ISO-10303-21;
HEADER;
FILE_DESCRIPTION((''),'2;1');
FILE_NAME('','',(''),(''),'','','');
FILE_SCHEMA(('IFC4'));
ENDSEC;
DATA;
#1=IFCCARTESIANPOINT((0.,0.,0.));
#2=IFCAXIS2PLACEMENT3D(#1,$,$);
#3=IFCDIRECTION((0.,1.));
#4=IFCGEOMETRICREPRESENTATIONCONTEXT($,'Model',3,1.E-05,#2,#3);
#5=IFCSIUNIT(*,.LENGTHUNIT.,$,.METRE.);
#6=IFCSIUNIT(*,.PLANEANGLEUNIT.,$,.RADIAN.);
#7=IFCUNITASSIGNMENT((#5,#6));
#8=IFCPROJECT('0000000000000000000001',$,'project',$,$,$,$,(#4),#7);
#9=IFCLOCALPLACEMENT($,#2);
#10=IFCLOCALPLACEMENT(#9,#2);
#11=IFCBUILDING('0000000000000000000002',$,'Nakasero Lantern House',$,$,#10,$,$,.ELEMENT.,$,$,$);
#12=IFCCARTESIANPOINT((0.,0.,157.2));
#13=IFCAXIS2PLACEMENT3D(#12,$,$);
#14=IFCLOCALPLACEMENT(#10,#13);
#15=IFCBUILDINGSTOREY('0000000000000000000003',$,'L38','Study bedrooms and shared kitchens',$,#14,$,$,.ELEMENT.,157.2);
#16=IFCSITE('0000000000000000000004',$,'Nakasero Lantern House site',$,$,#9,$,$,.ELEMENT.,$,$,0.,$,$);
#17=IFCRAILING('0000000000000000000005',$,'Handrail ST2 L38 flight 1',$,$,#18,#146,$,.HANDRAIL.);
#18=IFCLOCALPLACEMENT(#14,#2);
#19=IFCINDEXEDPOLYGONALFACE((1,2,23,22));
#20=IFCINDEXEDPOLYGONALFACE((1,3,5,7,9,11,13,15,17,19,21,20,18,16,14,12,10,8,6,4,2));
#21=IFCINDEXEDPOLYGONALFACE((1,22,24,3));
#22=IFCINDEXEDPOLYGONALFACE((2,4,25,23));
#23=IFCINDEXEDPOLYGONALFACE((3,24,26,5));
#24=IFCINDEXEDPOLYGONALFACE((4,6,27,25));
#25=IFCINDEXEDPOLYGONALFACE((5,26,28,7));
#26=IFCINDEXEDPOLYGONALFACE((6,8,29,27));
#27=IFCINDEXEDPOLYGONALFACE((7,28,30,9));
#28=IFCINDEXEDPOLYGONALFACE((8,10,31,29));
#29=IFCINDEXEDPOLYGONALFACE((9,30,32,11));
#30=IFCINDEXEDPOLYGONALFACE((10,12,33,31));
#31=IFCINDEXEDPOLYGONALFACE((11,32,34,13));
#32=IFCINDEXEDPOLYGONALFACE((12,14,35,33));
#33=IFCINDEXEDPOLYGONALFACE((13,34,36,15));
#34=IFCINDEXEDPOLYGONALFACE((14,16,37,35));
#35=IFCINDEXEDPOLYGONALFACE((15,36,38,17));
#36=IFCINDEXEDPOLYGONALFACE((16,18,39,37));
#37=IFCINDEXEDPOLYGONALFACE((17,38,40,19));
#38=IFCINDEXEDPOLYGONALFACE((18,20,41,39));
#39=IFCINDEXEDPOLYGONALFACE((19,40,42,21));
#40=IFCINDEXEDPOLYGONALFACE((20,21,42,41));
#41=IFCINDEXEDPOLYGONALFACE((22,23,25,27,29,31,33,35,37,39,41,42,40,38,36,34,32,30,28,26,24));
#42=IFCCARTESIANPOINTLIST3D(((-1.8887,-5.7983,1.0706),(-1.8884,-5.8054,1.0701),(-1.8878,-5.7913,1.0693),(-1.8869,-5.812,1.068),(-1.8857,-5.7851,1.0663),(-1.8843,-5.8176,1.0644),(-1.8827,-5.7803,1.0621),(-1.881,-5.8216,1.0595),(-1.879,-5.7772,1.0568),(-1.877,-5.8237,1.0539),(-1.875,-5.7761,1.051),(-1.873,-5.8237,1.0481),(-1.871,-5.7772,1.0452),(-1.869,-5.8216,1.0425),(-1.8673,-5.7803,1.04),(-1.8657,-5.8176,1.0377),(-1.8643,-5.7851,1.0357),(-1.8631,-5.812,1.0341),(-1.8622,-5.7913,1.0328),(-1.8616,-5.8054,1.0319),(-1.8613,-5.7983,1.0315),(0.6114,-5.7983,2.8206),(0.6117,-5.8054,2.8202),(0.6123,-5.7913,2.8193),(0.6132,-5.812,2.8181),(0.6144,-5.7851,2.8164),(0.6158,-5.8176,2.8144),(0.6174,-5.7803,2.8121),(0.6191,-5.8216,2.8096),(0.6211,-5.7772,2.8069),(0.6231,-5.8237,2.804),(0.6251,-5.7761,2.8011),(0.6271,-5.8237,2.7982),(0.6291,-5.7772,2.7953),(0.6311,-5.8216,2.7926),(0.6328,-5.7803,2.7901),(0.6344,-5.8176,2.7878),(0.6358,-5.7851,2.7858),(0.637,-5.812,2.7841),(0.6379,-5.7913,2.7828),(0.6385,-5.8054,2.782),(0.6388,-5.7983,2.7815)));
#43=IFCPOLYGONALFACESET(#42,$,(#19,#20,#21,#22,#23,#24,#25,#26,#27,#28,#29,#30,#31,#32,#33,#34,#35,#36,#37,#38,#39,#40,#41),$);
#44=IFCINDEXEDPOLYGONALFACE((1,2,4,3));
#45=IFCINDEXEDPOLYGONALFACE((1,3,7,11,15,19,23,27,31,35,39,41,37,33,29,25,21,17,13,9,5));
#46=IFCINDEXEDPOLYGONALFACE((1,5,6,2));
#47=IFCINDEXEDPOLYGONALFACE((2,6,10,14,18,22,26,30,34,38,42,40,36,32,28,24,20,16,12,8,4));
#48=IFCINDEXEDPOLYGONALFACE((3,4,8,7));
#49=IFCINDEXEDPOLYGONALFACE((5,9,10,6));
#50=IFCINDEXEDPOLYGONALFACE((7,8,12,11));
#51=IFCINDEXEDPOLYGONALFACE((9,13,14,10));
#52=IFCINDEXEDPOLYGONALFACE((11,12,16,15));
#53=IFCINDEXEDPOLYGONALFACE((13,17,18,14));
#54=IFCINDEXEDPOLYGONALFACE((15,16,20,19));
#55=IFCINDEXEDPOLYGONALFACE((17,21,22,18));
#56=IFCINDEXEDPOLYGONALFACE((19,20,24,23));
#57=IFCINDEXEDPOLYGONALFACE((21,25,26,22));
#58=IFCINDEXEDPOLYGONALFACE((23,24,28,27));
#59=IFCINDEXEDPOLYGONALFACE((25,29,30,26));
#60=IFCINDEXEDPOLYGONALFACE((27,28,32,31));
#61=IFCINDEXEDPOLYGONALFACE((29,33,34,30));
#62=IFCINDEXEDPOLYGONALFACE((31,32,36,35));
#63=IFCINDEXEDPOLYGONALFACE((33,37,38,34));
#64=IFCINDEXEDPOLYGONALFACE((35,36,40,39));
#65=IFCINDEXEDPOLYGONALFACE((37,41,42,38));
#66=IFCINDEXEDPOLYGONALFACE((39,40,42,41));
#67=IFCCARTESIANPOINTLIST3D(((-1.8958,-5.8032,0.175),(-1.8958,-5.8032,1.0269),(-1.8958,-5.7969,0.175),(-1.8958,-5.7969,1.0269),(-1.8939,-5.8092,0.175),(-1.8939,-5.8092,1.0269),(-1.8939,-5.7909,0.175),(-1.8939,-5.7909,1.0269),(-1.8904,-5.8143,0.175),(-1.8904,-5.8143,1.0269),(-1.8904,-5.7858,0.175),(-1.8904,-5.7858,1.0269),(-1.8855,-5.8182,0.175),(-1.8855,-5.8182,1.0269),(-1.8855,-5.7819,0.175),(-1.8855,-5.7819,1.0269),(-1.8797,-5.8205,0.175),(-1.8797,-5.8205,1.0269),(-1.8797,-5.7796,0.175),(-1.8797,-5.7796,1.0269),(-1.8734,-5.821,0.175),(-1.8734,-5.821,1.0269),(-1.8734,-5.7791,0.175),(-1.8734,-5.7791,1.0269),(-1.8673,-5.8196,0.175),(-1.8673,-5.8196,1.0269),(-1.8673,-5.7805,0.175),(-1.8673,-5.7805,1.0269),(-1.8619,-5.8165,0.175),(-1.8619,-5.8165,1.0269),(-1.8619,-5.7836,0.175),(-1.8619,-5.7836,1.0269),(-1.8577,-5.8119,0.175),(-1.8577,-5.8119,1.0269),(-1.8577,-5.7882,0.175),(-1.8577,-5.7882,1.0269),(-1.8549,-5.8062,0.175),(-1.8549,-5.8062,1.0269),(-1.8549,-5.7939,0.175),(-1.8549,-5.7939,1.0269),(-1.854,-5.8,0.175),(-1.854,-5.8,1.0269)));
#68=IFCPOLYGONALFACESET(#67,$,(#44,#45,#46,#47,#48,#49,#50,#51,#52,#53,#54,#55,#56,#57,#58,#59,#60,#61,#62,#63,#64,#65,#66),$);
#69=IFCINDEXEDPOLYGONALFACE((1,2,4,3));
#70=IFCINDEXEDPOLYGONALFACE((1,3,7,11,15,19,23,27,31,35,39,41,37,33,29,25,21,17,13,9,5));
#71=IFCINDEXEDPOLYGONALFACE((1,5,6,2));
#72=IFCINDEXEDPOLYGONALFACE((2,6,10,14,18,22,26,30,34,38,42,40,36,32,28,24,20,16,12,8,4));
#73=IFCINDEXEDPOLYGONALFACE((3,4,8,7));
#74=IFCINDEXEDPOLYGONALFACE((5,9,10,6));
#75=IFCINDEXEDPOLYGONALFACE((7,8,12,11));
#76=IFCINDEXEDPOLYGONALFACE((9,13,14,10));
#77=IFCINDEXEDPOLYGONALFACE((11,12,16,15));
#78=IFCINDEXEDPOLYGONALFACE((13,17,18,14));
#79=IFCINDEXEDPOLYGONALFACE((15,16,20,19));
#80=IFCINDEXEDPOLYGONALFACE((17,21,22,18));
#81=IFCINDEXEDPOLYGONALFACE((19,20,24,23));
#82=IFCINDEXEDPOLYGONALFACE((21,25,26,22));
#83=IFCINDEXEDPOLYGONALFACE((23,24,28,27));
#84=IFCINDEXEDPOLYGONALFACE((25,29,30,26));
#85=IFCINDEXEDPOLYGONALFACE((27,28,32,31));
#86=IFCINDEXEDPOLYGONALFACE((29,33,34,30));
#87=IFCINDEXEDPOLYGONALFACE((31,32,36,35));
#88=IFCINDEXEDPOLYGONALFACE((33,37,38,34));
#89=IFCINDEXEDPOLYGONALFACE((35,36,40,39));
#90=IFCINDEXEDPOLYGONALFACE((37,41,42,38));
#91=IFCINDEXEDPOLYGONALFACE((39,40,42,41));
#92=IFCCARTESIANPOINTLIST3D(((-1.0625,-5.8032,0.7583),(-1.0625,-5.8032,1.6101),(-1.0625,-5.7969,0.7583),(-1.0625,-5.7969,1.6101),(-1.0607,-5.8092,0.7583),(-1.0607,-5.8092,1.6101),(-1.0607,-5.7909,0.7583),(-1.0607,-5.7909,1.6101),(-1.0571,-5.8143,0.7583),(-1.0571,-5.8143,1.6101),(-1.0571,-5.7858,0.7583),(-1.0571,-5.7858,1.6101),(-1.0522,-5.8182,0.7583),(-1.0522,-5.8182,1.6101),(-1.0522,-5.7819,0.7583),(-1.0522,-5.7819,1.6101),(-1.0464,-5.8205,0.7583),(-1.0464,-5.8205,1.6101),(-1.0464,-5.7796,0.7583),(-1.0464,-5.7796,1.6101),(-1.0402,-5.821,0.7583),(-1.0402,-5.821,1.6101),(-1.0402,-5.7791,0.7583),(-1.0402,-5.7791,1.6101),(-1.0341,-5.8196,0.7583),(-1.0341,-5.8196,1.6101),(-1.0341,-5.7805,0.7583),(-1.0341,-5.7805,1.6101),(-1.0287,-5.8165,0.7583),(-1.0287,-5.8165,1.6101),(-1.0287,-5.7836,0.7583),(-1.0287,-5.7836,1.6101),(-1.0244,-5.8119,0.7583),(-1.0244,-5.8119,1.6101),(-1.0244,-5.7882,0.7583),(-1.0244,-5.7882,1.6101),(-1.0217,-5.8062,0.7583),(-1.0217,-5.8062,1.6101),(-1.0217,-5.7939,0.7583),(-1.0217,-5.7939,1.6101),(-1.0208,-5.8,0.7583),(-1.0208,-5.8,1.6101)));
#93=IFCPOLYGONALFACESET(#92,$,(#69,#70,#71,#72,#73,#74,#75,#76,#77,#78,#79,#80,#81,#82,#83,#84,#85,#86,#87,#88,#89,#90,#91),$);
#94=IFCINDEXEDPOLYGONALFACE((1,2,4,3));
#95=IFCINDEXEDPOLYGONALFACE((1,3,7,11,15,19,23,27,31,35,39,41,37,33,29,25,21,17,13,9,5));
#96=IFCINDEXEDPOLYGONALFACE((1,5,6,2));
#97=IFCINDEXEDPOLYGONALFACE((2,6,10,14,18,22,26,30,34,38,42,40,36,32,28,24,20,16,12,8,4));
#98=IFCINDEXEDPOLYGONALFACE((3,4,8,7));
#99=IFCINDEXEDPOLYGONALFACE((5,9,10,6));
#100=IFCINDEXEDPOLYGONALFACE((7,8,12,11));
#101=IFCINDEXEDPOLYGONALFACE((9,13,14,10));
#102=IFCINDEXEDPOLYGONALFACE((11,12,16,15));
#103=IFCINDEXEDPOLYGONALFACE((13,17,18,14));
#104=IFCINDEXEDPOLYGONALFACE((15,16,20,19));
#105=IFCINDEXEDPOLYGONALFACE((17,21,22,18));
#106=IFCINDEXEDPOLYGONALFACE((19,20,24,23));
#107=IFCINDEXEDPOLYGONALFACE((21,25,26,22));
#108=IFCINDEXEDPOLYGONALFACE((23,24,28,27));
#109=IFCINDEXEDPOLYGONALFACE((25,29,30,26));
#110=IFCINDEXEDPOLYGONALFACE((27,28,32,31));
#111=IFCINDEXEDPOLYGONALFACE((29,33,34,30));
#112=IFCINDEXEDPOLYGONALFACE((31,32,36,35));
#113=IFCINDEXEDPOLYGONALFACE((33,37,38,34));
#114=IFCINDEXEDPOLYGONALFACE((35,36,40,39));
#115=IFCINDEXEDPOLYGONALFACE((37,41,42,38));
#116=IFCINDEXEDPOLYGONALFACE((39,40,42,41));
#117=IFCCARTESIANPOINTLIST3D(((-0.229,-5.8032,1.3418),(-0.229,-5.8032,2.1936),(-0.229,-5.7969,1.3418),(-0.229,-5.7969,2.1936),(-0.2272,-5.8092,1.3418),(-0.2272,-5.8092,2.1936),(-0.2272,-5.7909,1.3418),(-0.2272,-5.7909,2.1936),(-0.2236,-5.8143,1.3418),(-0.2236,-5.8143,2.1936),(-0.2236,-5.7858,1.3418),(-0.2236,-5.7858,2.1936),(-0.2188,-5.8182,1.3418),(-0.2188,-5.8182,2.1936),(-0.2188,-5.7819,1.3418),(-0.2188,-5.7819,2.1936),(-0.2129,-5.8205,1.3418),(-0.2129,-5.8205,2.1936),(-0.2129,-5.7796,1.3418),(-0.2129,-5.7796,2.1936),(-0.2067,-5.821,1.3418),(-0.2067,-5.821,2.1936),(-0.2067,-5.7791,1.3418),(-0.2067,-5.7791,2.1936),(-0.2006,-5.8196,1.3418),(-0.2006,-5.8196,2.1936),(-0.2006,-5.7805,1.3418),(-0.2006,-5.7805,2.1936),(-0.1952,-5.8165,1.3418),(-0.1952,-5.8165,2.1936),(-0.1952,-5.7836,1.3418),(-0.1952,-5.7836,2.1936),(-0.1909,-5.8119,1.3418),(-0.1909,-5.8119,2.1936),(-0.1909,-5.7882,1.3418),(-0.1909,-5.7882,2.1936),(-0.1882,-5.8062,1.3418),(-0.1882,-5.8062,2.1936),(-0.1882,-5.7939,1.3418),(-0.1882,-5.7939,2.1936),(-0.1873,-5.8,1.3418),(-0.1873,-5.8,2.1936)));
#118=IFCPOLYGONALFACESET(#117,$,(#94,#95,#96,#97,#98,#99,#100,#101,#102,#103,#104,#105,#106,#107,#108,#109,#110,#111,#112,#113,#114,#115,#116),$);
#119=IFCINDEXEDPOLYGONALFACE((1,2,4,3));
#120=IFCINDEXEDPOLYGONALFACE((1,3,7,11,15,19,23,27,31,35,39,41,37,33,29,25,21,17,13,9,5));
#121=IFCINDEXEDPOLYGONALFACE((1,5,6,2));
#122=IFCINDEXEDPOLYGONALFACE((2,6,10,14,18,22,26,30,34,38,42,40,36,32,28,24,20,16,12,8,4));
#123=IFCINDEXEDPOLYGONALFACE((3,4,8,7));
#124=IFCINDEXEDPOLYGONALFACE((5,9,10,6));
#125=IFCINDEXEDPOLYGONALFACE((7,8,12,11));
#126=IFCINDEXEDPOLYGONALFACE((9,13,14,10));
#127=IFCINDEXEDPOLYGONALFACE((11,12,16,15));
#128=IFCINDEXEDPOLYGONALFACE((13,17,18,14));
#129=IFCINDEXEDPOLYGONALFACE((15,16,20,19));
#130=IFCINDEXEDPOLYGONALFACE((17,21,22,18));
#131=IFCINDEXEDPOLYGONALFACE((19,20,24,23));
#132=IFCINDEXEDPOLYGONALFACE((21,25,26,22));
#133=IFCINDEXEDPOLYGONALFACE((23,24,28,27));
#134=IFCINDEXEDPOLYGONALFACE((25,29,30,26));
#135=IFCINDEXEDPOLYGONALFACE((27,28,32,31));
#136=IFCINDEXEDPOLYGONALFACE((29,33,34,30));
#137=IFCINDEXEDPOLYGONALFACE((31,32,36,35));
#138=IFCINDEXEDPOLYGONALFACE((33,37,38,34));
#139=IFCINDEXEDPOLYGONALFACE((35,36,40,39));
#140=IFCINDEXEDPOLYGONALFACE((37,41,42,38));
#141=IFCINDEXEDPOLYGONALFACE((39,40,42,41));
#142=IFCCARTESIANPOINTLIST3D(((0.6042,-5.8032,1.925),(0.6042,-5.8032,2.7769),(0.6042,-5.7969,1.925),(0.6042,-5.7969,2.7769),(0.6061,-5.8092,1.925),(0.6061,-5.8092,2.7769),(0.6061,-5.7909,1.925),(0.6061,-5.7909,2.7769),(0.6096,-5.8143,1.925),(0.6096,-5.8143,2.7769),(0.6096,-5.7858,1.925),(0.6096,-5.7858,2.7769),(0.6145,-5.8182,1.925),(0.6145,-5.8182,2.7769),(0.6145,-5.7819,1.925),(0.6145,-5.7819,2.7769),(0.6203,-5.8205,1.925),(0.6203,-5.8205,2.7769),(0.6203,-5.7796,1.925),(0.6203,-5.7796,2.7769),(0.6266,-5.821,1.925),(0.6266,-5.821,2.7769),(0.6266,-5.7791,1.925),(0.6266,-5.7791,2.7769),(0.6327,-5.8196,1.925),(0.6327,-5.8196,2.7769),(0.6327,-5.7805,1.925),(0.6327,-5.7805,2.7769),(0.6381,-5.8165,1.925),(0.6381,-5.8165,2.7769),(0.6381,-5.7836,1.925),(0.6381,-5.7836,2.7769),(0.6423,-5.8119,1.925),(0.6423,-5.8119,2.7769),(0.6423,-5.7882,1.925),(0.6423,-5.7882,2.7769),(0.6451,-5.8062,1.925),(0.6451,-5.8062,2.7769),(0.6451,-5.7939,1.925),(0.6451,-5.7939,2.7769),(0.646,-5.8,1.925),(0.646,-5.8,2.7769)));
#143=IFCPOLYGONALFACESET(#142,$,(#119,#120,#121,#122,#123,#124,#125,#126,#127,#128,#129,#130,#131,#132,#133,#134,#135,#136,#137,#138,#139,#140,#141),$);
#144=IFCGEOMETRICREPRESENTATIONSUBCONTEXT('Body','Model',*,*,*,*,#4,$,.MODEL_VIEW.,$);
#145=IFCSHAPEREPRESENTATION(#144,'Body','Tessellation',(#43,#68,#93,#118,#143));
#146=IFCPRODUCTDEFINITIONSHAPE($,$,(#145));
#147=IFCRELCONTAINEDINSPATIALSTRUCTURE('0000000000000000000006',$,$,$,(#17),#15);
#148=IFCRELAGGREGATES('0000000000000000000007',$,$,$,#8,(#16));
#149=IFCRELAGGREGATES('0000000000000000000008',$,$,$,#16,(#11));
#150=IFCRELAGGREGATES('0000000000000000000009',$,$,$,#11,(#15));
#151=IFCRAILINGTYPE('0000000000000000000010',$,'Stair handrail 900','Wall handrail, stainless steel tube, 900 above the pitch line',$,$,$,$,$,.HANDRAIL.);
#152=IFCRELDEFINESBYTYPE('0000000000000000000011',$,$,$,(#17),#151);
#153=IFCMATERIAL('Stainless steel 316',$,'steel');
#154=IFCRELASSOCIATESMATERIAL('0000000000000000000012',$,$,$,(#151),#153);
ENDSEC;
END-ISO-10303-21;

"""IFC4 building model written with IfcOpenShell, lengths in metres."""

from ifc_helpers import new_model, si_unit, direction, frame, origin, origin_2d, place, context, subcontext, project, spatial, circle, extrude, material, type_object, element, save


model = new_model("IFC4")

# Units and contexts
model_context = context("Model", 3, precision=1e-05, world=origin(), true_north=direction((0.0, 1.0)))
body_context = subcontext(model_context, "Body", "Model", "MODEL_VIEW")
ifc_project = project(units=[si_unit("LENGTHUNIT", "METRE"), si_unit("PLANEANGLEUNIT", "RADIAN")], contexts=[model_context])

# Site, building, storey
site_placement = place(None, origin())
site = spatial("IfcSite", under=ifc_project, at=site_placement, Name="Nakasero Lantern House site", CompositionType="ELEMENT", RefElevation=0.0)
building_placement = place(site_placement, origin())
building = spatial("IfcBuilding", under=site, at=building_placement, Name="Nakasero Lantern House", CompositionType="ELEMENT")
storey_placement = place(building_placement, frame((0.0, 0.0, 157.2)))
storey = spatial("IfcBuildingStorey", under=building, at=storey_placement, Name="L38", Description="Study bedrooms and shared kitchens", CompositionType="ELEMENT", Elevation=157.2)

# Railing
ifc_material_1 = material(Name="Stainless steel 316", Category="steel")
railing_type = type_object("IfcRailingType", Name="Stair handrail 900", Description="Wall handrail, stainless steel tube, 900 above the pitch line", PredefinedType="HANDRAIL", material=ifc_material_1)
railing_placement = place(storey_placement, frame((-1.875, -5.8, 0.175)))
element("IfcRailing", 1, at=railing_placement, inside=storey, type_object=railing_type, Name="Handrail ST2 L38 flight 1", PredefinedType="HANDRAIL", context=body_context, shape_type="SweptSolid", body=[
    extrude(circle(Radius=0.0239, at=origin_2d()), frame((0.0, 0.0, 0.876), z_axis=(0.819232, 0.0, 0.573462), x_axis=(0.0, 1.0, 0.0)), (0.0, 0.0, 1.0), 3.0518),
    extrude(circle(Radius=0.021, at=origin_2d()), origin(), (0.0, 0.0, 1.0), 0.8518),
    extrude(circle(Radius=0.021, at=origin_2d()), frame((0.8333, 0.0, 0.5833)), (0.0, 0.0, 1.0), 0.8518),
    extrude(circle(Radius=0.021, at=origin_2d()), frame((1.6667, 0.0, 1.1667)), (0.0, 0.0, 1.0), 0.8518),
    extrude(circle(Radius=0.021, at=origin_2d()), frame((2.5, 0.0, 1.75)), (0.0, 0.0, 1.0), 0.8518),
])

save(model, "model.ifc")
